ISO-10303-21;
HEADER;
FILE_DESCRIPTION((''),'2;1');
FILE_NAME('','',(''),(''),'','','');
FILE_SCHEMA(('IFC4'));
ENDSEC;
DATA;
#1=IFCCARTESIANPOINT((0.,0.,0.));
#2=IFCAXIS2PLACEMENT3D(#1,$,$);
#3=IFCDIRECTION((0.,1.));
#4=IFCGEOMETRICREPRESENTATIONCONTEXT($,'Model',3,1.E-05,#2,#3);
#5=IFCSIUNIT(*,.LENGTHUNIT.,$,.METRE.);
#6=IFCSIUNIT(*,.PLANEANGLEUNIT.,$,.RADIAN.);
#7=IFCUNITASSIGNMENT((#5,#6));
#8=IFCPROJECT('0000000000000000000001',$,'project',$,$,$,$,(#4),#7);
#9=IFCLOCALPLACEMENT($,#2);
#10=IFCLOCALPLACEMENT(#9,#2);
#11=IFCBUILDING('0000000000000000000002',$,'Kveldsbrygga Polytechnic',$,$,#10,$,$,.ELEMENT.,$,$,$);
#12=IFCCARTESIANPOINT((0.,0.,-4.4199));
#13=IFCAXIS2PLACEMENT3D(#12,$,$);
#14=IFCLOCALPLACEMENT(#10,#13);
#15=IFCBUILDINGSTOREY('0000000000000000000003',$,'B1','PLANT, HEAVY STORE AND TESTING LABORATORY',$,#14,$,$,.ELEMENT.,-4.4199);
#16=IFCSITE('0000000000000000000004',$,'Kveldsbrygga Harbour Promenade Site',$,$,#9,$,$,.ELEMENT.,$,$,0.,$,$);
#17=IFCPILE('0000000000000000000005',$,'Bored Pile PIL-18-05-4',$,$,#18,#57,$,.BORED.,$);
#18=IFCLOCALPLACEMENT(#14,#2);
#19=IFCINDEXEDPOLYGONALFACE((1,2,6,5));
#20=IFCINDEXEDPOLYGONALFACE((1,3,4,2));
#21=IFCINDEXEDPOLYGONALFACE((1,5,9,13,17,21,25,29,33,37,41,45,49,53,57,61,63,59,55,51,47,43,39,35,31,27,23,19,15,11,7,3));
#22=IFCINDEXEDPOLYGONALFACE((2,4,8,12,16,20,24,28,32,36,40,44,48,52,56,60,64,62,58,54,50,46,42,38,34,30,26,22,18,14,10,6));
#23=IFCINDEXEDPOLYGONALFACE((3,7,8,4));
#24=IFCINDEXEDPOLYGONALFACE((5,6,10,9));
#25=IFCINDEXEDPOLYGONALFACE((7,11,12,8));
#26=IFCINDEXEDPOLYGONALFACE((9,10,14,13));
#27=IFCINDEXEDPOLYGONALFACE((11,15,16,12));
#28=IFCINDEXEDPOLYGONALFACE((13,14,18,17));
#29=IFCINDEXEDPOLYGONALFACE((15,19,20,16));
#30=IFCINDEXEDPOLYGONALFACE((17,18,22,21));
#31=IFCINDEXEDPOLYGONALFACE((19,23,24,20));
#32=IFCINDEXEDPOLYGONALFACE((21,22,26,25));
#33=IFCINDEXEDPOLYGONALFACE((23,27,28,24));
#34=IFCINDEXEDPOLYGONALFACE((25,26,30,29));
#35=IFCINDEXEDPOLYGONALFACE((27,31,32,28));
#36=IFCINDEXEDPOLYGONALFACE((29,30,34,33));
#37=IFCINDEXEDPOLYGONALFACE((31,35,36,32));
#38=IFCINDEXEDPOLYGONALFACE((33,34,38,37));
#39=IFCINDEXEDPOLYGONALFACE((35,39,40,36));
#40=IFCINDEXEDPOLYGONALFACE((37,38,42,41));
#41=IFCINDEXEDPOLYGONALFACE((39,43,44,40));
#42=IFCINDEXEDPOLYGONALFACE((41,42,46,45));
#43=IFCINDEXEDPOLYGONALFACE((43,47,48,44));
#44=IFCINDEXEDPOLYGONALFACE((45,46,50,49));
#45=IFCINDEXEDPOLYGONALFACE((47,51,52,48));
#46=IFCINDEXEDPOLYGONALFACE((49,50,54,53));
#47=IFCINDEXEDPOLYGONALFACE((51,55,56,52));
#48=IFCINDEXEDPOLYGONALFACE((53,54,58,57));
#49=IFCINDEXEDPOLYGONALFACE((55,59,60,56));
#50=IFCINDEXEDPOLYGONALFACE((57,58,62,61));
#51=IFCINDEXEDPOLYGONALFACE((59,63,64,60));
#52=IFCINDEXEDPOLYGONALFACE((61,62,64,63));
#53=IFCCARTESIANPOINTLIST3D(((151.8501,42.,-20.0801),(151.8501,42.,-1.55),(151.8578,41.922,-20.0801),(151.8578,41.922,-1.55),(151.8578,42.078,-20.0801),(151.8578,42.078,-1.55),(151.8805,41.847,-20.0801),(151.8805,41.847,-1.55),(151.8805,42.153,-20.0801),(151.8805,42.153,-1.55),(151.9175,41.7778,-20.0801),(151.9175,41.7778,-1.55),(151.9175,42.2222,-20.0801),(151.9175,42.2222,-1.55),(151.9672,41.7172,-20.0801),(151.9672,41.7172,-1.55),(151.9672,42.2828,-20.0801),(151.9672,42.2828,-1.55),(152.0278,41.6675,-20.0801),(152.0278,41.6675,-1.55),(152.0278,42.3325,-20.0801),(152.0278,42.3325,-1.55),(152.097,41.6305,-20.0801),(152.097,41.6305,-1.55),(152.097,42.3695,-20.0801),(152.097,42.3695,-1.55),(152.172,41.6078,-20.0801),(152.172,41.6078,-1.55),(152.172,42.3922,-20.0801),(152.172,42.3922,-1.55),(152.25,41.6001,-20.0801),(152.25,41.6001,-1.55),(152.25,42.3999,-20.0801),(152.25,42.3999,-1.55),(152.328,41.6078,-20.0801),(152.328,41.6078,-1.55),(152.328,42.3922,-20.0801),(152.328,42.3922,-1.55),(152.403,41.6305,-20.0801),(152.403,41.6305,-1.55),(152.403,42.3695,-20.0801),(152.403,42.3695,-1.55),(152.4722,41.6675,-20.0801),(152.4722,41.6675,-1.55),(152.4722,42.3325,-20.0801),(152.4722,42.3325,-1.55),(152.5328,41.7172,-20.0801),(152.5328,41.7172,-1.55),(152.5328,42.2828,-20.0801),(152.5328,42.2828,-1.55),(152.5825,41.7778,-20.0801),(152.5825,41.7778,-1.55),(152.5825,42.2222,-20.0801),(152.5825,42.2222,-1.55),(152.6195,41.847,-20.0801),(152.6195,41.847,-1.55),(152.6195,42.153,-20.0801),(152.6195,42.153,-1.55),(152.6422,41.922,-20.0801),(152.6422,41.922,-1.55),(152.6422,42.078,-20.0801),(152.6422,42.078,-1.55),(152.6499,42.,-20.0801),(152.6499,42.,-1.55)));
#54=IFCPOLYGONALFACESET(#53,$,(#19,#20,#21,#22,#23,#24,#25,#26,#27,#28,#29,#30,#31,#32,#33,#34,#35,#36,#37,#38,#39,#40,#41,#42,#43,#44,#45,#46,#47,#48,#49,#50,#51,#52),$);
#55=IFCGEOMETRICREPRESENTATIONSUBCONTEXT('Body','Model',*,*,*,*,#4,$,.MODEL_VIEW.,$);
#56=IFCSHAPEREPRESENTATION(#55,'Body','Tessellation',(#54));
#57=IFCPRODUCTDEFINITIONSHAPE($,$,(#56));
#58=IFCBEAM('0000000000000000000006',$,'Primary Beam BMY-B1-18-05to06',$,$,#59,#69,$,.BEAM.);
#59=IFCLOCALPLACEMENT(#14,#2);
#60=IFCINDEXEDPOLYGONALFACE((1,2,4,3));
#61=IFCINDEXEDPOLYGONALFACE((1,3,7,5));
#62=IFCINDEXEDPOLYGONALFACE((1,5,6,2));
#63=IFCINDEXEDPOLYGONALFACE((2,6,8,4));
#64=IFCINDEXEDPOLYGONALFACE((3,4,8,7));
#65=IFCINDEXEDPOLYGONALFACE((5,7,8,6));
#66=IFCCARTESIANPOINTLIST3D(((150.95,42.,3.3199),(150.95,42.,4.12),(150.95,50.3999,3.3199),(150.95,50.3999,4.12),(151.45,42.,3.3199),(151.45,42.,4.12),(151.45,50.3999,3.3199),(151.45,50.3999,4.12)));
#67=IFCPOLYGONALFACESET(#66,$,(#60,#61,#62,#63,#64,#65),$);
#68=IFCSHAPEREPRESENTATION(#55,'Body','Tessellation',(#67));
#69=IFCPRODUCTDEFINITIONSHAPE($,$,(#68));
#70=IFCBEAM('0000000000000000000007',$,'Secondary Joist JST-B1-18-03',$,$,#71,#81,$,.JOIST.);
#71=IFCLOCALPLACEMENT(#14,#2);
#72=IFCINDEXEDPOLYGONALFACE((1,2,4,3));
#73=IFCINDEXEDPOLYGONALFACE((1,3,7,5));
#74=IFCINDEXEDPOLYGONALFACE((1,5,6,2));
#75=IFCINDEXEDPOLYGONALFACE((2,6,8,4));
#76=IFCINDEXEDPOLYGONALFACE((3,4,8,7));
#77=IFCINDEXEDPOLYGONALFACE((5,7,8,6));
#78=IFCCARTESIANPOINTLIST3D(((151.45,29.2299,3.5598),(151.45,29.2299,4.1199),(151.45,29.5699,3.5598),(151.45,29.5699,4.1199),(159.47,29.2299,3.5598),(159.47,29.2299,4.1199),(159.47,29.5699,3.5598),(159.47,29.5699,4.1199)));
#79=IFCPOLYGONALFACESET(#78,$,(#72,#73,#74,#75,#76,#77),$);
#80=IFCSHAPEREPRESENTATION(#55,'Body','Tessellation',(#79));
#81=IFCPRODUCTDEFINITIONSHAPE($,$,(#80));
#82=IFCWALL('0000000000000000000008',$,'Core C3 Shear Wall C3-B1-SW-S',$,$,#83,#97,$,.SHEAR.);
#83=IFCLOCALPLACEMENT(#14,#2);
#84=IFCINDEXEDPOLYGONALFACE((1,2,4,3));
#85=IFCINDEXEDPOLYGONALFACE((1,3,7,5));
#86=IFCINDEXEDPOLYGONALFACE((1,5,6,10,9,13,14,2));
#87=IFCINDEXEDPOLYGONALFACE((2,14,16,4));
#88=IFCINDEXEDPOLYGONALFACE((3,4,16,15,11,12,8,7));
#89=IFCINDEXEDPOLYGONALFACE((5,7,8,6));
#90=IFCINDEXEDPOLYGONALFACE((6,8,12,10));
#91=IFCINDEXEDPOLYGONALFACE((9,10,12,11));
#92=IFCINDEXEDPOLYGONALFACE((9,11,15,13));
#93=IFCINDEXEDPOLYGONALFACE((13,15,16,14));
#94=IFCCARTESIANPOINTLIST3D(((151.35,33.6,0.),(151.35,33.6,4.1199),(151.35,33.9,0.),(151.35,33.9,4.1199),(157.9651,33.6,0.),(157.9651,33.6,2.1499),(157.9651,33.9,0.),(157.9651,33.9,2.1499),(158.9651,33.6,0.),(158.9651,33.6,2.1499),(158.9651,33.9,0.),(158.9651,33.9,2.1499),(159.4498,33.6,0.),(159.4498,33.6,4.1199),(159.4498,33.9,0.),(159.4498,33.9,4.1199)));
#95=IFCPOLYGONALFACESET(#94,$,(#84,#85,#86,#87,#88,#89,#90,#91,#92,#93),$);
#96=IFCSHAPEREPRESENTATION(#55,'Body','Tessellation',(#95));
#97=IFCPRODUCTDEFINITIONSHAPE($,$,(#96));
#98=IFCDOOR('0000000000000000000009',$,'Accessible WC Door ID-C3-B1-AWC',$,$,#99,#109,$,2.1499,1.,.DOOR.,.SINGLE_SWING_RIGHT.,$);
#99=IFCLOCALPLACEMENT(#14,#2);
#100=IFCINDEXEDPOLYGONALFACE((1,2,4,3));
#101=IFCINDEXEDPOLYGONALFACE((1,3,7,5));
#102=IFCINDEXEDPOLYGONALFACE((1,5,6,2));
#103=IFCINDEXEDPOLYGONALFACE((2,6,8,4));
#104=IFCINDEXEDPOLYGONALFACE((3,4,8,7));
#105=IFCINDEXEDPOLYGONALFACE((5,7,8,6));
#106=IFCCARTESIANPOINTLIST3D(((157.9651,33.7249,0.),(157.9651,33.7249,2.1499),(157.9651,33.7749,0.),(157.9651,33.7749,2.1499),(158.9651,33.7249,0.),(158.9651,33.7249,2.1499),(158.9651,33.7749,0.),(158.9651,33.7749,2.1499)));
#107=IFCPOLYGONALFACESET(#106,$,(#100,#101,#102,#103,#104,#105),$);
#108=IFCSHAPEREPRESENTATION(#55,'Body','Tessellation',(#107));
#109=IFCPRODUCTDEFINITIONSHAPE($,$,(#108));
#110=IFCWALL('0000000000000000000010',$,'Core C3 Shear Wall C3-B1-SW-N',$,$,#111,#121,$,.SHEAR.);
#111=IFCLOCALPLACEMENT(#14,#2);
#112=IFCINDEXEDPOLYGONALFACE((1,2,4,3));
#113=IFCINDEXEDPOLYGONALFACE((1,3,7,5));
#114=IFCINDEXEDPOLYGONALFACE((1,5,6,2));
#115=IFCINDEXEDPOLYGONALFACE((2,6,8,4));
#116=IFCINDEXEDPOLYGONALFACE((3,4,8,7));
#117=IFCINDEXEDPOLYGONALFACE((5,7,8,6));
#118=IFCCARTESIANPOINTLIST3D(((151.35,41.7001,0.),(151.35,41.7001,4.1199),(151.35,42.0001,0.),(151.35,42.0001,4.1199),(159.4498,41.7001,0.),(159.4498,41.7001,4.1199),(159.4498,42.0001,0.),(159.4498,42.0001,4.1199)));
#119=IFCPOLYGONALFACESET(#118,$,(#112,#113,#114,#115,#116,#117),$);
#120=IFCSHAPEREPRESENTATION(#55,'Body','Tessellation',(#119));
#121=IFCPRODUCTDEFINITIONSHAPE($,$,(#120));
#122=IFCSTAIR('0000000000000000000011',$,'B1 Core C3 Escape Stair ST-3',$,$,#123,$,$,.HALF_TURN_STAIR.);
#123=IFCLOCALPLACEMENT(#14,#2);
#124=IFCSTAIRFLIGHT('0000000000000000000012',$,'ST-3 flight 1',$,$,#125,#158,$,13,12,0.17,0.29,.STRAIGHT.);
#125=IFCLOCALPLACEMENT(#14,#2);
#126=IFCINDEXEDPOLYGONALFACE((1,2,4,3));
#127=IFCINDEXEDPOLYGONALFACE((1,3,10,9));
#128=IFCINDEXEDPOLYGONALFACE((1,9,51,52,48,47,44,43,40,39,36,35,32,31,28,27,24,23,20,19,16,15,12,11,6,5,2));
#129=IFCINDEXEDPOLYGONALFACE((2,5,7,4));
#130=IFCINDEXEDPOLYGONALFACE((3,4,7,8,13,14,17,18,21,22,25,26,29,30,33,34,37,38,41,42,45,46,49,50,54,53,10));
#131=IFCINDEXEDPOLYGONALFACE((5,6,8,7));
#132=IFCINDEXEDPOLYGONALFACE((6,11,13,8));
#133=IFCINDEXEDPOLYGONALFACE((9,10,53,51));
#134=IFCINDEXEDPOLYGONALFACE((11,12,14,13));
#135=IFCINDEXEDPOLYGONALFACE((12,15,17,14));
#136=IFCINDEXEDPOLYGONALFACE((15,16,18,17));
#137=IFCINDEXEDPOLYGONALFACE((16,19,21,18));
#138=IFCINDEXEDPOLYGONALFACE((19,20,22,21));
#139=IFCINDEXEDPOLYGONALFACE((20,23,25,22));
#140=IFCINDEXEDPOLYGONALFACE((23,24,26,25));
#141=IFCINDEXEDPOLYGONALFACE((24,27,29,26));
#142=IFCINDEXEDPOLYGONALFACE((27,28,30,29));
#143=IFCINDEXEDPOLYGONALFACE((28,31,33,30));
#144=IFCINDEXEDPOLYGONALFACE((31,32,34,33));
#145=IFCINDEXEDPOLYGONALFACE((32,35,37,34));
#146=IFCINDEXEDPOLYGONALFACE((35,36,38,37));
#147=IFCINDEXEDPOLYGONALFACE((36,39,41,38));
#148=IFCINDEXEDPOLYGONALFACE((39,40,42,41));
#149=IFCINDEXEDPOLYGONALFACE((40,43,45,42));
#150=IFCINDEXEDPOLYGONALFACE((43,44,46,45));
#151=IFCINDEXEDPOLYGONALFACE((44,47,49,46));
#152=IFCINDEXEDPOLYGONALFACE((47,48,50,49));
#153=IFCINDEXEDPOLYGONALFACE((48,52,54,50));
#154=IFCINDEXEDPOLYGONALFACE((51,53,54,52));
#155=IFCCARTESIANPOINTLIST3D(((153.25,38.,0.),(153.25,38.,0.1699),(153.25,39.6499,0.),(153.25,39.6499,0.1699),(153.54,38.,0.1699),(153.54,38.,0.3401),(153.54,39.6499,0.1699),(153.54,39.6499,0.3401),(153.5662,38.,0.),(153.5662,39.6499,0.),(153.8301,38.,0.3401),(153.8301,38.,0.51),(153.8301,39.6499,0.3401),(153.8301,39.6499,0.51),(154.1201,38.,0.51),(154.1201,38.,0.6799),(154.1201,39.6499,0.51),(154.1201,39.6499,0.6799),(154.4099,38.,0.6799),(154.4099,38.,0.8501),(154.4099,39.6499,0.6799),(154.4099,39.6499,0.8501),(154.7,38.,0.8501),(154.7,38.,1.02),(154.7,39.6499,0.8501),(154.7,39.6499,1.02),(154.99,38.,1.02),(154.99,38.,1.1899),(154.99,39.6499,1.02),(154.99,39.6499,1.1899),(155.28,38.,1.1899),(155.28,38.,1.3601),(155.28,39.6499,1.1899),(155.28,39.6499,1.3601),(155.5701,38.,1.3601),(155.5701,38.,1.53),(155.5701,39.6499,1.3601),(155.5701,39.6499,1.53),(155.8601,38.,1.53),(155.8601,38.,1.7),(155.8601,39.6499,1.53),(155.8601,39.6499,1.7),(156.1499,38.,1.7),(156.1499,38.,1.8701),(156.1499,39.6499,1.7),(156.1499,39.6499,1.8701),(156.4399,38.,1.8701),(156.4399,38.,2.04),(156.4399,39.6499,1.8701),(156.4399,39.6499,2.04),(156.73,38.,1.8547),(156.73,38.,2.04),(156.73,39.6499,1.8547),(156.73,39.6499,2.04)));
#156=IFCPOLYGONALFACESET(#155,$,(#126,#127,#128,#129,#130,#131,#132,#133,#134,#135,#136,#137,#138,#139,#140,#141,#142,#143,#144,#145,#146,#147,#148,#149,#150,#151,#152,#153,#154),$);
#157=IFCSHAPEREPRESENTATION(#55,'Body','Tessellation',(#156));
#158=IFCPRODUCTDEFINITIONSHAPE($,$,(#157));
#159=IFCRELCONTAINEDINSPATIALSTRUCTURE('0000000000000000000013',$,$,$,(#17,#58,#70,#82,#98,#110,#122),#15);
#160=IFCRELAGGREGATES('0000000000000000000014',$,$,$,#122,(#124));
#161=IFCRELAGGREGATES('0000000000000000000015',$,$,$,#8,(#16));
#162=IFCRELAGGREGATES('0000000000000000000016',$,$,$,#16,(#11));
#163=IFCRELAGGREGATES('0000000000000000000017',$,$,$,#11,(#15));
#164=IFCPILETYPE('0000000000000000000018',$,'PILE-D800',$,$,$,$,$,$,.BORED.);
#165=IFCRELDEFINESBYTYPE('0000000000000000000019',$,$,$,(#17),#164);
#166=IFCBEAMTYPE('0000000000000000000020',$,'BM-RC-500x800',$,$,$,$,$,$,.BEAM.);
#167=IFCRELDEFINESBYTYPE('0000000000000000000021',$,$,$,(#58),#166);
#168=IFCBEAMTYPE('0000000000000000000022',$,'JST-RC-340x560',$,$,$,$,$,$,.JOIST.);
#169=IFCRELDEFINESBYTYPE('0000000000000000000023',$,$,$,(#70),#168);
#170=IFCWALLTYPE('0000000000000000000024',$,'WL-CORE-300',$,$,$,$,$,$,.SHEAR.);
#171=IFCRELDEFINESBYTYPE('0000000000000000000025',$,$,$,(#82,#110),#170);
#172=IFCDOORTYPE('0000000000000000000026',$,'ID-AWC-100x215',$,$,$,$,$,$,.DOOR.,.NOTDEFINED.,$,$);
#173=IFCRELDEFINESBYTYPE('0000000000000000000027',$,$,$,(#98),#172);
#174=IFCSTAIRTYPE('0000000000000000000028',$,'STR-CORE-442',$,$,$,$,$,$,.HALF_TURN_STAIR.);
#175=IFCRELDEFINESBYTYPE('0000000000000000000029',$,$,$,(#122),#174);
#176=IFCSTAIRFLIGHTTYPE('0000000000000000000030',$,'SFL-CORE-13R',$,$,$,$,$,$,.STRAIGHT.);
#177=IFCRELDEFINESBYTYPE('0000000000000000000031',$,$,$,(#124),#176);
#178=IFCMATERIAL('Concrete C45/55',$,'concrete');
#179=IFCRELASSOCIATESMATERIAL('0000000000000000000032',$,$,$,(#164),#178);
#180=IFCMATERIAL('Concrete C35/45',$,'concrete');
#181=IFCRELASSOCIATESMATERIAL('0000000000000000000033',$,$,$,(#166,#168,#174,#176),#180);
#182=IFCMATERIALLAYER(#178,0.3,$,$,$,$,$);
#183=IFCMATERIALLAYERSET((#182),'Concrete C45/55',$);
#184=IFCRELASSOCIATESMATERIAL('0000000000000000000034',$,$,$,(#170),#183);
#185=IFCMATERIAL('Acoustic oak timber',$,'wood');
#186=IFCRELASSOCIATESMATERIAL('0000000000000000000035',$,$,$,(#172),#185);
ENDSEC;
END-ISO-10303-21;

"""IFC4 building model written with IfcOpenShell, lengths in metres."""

from ifc_helpers import new_model, si_unit, direction, frame, frame_2d, origin, origin_2d, place, context, subcontext, project, spatial, polyline, rectangle, circle, outline, extrude, material, layer, layer_set, material_profile, profile_set, type_object, element, fill, aggregate, save


model = new_model("IFC4")

# Units and contexts
model_context = context("Model", 3, precision=1e-05, world=origin(), true_north=direction((0.0, 1.0)))
body_context = subcontext(model_context, "Body", "Model", "MODEL_VIEW")
ifc_project = project(units=[si_unit("LENGTHUNIT", "METRE"), si_unit("PLANEANGLEUNIT", "RADIAN")], contexts=[model_context])

# Site, building, storey
site_placement = place(None, origin())
site = spatial("IfcSite", under=ifc_project, at=site_placement, Name="Kveldsbrygga Harbour Promenade Site", CompositionType="ELEMENT", RefElevation=0.0)
building_placement = place(site_placement, origin())
building = spatial("IfcBuilding", under=site, at=building_placement, Name="Kveldsbrygga Polytechnic", CompositionType="ELEMENT")
storey_placement = place(building_placement, frame((0.0, 0.0, -4.4199)))
storey = spatial("IfcBuildingStorey", under=building, at=storey_placement, Name="B1", Description="PLANT, HEAVY STORE AND TESTING LABORATORY", CompositionType="ELEMENT", Elevation=-4.4199)

# Pile
ifc_material_1 = material(Name="Concrete C45/55", Category="concrete")
ifc_material_profile_1 = material_profile(ifc_material_1, circle(Radius=0.3999, at=origin_2d()), Name="PILE D800")
ifc_profile_set_1 = profile_set([ifc_material_profile_1], Name="Concrete C45/55")
pile_type = type_object("IfcPileType", Name="PILE-D800", PredefinedType="BORED", material=ifc_profile_set_1)
for number, where, z_axis, x_axis, name in (
    (1, (152.25, 42.0, -1.55), (0.0, 0.0, -1.0), (1.0, 0.0, 0.0), "Bored Pile PIL-18-05-4"),
):
    element("IfcPile", number, at=place(storey_placement, frame(where, z_axis=z_axis, x_axis=x_axis)), inside=storey, type_object=pile_type, Name=name, PredefinedType="BORED", context=body_context, shape_type="SweptSolid", body=[
        extrude(circle(Radius=0.3999, at=origin_2d()), origin(), (0.0, 0.0, 1.0), 18.53),
    ])

# Beams
ifc_material_2 = material(Name="Concrete C35/45", Category="concrete")
ifc_material_profile_2 = material_profile(ifc_material_2, rectangle(XDim=0.5, YDim=0.8, at=origin_2d()), Name="RC 500x800")
ifc_profile_set_2 = profile_set([ifc_material_profile_2], Name="Concrete C35/45")
beam_type_1 = type_object("IfcBeamType", Name="BM-RC-500x800", PredefinedType="BEAM", material=ifc_profile_set_2)
beam_1_placement = place(storey_placement, frame((151.2, 42.0, 3.72), z_axis=(0.0, 1.0, 0.0), x_axis=(-1.0, 0.0, 0.0)))
element("IfcBeam", 2, at=beam_1_placement, inside=storey, type_object=beam_type_1, Name="Primary Beam BMY-B1-18-05to06", PredefinedType="BEAM", context=body_context, shape_type="SweptSolid", body=[
    extrude(rectangle(XDim=0.5, YDim=0.8, at=origin_2d()), origin(), (0.0, 0.0, 1.0), 8.3999),
])
ifc_material_profile_3 = material_profile(ifc_material_2, rectangle(XDim=0.3401, YDim=0.5601, at=origin_2d()), Name="RC 340x560")
ifc_profile_set_3 = profile_set([ifc_material_profile_3], Name="Concrete C35/45")
beam_type_2 = type_object("IfcBeamType", Name="JST-RC-340x560", PredefinedType="JOIST", material=ifc_profile_set_3)
beam_2_placement = place(storey_placement, frame((151.45, 29.3999, 3.8398), z_axis=(1.0, 0.0, 0.0), x_axis=(0.0, 1.0, 0.0)))
element("IfcBeam", 3, at=beam_2_placement, inside=storey, type_object=beam_type_2, Name="Secondary Joist JST-B1-18-03", PredefinedType="JOIST", context=body_context, shape_type="SweptSolid", body=[
    extrude(rectangle(XDim=0.3401, YDim=0.5601, at=origin_2d()), origin(), (0.0, 0.0, 1.0), 8.02),
])

# Wall, opening, door
ifc_layer_1 = layer(ifc_material_1, 0.3)
ifc_layer_set_1 = layer_set([ifc_layer_1], Name="Concrete C45/55")
wall_type_1 = type_object("IfcWallType", Name="WL-CORE-300", PredefinedType="SHEAR", material=ifc_layer_set_1)
wall_1_placement = place(storey_placement, frame((151.3501, 33.75, 0.0), z_axis=(0.0, 0.0, 1.0), x_axis=(1.0, 0.0, 0.0)))
wall_1 = element("IfcWall", 4, at=wall_1_placement, inside=storey, type_object=wall_type_1, Name="Core C3 Shear Wall C3-B1-SW-S", PredefinedType="SHEAR", context=body_context, shape_type="SweptSolid", body=[
    extrude(rectangle(XDim=8.0999, YDim=0.3, at=frame_2d((4.0498, 0.0))), origin(), (0.0, 0.0, 1.0), 4.1199),
])
opening_1_placement = place(wall_1_placement, frame((6.615, 0.0, 0.0)))
opening_1 = element("IfcOpeningElement", 5, at=opening_1_placement, cuts=wall_1, PredefinedType="OPENING", context=body_context, shape_type="SweptSolid", body=[
    extrude(rectangle(XDim=1.0, YDim=2.1499, at=frame_2d((0.5, 1.075))), frame((0.0, 0.1602, 0.0), z_axis=(0.0, -1.0, 0.0), x_axis=(1.0, 0.0, 0.0)), (0.0, 0.0, 1.0), 0.3201),
])
ifc_material_3 = material(Name="Acoustic oak timber", Category="wood")
door_type_1 = type_object("IfcDoorType", Name="ID-AWC-100x215", OperationType="NOTDEFINED", PredefinedType="DOOR", material=ifc_material_3)
door_1_placement = place(opening_1_placement, origin())
door_1 = element("IfcDoor", 6, at=door_1_placement, inside=storey, type_object=door_type_1, Name="Accessible WC Door ID-C3-B1-AWC", OperationType="SINGLE_SWING_RIGHT", OverallHeight=2.1499, OverallWidth=1.0, PredefinedType="DOOR", context=body_context, shape_type="SweptSolid", body=[
    extrude(rectangle(XDim=1.0, YDim=2.1499, at=frame_2d((0.5, 1.075))), frame((0.0, 0.0249, 0.0), z_axis=(0.0, -1.0, 0.0), x_axis=(1.0, 0.0, 0.0)), (0.0, 0.0, 1.0), 0.05),
])
fill(opening_1, door_1)

# Wall
wall_2_placement = place(storey_placement, frame((151.3501, 41.8501, 0.0), z_axis=(0.0, 0.0, 1.0), x_axis=(1.0, 0.0, 0.0)))
element("IfcWall", 7, at=wall_2_placement, inside=storey, type_object=wall_type_1, Name="Core C3 Shear Wall C3-B1-SW-N", PredefinedType="SHEAR", context=body_context, shape_type="SweptSolid", body=[
    extrude(rectangle(XDim=8.0999, YDim=0.3, at=frame_2d((4.0498, 0.0))), origin(), (0.0, 0.0, 1.0), 4.1199),
])

# Stair, stair flight
stair_type = type_object("IfcStairType", Name="STR-CORE-442", PredefinedType="HALF_TURN_STAIR", material=ifc_material_2)
stair_placement = place(storey_placement, origin())
stair = element("IfcStair", 8, at=stair_placement, inside=storey, type_object=stair_type, Name="B1 Core C3 Escape Stair ST-3", PredefinedType="HALF_TURN_STAIR")
stair_flight_type = type_object("IfcStairFlightType", Name="SFL-CORE-13R", PredefinedType="STRAIGHT", material=ifc_material_2)
stair_flight_placement = place(storey_placement, frame((153.25, 38.825, 0.0), z_axis=(0.0, 0.0, 1.0), x_axis=(1.0, 0.0, 0.0)))
stair_flight = element("IfcStairFlight", 9, at=stair_flight_placement, type_object=stair_flight_type, Name="ST-3 flight 1", NumberOfRisers=13, NumberOfTreads=12, PredefinedType="STRAIGHT", RiserHeight=0.17, TreadLength=0.29, context=body_context, shape_type="SweptSolid", body=[
    extrude(outline(polyline([(0.0, 0.0), (0.0, 0.1699), (0.29, 0.1699), (0.29, 0.3401), (0.5801, 0.3401), (0.5801, 0.51), (0.8701, 0.51), (0.8701, 0.6799), (1.1599, 0.6799), (1.1599, 0.8501), (1.45, 0.8501), (1.45, 1.02), (1.74, 1.02), (1.74, 1.1899), (2.03, 1.1899), (2.03, 1.3601), (2.3201, 1.3601), (2.3201, 1.53), (2.6101, 1.53), (2.6101, 1.7), (2.8999, 1.7), (2.8999, 1.8701), (3.1899, 1.8701), (3.1899, 2.04), (3.48, 2.04), (3.48, 2.21), (3.48, 1.8547), (0.3162, 0.0), (0.0, 0.0)])), frame((0.0, 0.825, 0.0), z_axis=(0.0, -1.0, 0.0), x_axis=(1.0, 0.0, 0.0)), (0.0, 0.0, 1.0), 1.6499),
])
aggregate(stair, [stair_flight])

save(model, "model.ifc")
